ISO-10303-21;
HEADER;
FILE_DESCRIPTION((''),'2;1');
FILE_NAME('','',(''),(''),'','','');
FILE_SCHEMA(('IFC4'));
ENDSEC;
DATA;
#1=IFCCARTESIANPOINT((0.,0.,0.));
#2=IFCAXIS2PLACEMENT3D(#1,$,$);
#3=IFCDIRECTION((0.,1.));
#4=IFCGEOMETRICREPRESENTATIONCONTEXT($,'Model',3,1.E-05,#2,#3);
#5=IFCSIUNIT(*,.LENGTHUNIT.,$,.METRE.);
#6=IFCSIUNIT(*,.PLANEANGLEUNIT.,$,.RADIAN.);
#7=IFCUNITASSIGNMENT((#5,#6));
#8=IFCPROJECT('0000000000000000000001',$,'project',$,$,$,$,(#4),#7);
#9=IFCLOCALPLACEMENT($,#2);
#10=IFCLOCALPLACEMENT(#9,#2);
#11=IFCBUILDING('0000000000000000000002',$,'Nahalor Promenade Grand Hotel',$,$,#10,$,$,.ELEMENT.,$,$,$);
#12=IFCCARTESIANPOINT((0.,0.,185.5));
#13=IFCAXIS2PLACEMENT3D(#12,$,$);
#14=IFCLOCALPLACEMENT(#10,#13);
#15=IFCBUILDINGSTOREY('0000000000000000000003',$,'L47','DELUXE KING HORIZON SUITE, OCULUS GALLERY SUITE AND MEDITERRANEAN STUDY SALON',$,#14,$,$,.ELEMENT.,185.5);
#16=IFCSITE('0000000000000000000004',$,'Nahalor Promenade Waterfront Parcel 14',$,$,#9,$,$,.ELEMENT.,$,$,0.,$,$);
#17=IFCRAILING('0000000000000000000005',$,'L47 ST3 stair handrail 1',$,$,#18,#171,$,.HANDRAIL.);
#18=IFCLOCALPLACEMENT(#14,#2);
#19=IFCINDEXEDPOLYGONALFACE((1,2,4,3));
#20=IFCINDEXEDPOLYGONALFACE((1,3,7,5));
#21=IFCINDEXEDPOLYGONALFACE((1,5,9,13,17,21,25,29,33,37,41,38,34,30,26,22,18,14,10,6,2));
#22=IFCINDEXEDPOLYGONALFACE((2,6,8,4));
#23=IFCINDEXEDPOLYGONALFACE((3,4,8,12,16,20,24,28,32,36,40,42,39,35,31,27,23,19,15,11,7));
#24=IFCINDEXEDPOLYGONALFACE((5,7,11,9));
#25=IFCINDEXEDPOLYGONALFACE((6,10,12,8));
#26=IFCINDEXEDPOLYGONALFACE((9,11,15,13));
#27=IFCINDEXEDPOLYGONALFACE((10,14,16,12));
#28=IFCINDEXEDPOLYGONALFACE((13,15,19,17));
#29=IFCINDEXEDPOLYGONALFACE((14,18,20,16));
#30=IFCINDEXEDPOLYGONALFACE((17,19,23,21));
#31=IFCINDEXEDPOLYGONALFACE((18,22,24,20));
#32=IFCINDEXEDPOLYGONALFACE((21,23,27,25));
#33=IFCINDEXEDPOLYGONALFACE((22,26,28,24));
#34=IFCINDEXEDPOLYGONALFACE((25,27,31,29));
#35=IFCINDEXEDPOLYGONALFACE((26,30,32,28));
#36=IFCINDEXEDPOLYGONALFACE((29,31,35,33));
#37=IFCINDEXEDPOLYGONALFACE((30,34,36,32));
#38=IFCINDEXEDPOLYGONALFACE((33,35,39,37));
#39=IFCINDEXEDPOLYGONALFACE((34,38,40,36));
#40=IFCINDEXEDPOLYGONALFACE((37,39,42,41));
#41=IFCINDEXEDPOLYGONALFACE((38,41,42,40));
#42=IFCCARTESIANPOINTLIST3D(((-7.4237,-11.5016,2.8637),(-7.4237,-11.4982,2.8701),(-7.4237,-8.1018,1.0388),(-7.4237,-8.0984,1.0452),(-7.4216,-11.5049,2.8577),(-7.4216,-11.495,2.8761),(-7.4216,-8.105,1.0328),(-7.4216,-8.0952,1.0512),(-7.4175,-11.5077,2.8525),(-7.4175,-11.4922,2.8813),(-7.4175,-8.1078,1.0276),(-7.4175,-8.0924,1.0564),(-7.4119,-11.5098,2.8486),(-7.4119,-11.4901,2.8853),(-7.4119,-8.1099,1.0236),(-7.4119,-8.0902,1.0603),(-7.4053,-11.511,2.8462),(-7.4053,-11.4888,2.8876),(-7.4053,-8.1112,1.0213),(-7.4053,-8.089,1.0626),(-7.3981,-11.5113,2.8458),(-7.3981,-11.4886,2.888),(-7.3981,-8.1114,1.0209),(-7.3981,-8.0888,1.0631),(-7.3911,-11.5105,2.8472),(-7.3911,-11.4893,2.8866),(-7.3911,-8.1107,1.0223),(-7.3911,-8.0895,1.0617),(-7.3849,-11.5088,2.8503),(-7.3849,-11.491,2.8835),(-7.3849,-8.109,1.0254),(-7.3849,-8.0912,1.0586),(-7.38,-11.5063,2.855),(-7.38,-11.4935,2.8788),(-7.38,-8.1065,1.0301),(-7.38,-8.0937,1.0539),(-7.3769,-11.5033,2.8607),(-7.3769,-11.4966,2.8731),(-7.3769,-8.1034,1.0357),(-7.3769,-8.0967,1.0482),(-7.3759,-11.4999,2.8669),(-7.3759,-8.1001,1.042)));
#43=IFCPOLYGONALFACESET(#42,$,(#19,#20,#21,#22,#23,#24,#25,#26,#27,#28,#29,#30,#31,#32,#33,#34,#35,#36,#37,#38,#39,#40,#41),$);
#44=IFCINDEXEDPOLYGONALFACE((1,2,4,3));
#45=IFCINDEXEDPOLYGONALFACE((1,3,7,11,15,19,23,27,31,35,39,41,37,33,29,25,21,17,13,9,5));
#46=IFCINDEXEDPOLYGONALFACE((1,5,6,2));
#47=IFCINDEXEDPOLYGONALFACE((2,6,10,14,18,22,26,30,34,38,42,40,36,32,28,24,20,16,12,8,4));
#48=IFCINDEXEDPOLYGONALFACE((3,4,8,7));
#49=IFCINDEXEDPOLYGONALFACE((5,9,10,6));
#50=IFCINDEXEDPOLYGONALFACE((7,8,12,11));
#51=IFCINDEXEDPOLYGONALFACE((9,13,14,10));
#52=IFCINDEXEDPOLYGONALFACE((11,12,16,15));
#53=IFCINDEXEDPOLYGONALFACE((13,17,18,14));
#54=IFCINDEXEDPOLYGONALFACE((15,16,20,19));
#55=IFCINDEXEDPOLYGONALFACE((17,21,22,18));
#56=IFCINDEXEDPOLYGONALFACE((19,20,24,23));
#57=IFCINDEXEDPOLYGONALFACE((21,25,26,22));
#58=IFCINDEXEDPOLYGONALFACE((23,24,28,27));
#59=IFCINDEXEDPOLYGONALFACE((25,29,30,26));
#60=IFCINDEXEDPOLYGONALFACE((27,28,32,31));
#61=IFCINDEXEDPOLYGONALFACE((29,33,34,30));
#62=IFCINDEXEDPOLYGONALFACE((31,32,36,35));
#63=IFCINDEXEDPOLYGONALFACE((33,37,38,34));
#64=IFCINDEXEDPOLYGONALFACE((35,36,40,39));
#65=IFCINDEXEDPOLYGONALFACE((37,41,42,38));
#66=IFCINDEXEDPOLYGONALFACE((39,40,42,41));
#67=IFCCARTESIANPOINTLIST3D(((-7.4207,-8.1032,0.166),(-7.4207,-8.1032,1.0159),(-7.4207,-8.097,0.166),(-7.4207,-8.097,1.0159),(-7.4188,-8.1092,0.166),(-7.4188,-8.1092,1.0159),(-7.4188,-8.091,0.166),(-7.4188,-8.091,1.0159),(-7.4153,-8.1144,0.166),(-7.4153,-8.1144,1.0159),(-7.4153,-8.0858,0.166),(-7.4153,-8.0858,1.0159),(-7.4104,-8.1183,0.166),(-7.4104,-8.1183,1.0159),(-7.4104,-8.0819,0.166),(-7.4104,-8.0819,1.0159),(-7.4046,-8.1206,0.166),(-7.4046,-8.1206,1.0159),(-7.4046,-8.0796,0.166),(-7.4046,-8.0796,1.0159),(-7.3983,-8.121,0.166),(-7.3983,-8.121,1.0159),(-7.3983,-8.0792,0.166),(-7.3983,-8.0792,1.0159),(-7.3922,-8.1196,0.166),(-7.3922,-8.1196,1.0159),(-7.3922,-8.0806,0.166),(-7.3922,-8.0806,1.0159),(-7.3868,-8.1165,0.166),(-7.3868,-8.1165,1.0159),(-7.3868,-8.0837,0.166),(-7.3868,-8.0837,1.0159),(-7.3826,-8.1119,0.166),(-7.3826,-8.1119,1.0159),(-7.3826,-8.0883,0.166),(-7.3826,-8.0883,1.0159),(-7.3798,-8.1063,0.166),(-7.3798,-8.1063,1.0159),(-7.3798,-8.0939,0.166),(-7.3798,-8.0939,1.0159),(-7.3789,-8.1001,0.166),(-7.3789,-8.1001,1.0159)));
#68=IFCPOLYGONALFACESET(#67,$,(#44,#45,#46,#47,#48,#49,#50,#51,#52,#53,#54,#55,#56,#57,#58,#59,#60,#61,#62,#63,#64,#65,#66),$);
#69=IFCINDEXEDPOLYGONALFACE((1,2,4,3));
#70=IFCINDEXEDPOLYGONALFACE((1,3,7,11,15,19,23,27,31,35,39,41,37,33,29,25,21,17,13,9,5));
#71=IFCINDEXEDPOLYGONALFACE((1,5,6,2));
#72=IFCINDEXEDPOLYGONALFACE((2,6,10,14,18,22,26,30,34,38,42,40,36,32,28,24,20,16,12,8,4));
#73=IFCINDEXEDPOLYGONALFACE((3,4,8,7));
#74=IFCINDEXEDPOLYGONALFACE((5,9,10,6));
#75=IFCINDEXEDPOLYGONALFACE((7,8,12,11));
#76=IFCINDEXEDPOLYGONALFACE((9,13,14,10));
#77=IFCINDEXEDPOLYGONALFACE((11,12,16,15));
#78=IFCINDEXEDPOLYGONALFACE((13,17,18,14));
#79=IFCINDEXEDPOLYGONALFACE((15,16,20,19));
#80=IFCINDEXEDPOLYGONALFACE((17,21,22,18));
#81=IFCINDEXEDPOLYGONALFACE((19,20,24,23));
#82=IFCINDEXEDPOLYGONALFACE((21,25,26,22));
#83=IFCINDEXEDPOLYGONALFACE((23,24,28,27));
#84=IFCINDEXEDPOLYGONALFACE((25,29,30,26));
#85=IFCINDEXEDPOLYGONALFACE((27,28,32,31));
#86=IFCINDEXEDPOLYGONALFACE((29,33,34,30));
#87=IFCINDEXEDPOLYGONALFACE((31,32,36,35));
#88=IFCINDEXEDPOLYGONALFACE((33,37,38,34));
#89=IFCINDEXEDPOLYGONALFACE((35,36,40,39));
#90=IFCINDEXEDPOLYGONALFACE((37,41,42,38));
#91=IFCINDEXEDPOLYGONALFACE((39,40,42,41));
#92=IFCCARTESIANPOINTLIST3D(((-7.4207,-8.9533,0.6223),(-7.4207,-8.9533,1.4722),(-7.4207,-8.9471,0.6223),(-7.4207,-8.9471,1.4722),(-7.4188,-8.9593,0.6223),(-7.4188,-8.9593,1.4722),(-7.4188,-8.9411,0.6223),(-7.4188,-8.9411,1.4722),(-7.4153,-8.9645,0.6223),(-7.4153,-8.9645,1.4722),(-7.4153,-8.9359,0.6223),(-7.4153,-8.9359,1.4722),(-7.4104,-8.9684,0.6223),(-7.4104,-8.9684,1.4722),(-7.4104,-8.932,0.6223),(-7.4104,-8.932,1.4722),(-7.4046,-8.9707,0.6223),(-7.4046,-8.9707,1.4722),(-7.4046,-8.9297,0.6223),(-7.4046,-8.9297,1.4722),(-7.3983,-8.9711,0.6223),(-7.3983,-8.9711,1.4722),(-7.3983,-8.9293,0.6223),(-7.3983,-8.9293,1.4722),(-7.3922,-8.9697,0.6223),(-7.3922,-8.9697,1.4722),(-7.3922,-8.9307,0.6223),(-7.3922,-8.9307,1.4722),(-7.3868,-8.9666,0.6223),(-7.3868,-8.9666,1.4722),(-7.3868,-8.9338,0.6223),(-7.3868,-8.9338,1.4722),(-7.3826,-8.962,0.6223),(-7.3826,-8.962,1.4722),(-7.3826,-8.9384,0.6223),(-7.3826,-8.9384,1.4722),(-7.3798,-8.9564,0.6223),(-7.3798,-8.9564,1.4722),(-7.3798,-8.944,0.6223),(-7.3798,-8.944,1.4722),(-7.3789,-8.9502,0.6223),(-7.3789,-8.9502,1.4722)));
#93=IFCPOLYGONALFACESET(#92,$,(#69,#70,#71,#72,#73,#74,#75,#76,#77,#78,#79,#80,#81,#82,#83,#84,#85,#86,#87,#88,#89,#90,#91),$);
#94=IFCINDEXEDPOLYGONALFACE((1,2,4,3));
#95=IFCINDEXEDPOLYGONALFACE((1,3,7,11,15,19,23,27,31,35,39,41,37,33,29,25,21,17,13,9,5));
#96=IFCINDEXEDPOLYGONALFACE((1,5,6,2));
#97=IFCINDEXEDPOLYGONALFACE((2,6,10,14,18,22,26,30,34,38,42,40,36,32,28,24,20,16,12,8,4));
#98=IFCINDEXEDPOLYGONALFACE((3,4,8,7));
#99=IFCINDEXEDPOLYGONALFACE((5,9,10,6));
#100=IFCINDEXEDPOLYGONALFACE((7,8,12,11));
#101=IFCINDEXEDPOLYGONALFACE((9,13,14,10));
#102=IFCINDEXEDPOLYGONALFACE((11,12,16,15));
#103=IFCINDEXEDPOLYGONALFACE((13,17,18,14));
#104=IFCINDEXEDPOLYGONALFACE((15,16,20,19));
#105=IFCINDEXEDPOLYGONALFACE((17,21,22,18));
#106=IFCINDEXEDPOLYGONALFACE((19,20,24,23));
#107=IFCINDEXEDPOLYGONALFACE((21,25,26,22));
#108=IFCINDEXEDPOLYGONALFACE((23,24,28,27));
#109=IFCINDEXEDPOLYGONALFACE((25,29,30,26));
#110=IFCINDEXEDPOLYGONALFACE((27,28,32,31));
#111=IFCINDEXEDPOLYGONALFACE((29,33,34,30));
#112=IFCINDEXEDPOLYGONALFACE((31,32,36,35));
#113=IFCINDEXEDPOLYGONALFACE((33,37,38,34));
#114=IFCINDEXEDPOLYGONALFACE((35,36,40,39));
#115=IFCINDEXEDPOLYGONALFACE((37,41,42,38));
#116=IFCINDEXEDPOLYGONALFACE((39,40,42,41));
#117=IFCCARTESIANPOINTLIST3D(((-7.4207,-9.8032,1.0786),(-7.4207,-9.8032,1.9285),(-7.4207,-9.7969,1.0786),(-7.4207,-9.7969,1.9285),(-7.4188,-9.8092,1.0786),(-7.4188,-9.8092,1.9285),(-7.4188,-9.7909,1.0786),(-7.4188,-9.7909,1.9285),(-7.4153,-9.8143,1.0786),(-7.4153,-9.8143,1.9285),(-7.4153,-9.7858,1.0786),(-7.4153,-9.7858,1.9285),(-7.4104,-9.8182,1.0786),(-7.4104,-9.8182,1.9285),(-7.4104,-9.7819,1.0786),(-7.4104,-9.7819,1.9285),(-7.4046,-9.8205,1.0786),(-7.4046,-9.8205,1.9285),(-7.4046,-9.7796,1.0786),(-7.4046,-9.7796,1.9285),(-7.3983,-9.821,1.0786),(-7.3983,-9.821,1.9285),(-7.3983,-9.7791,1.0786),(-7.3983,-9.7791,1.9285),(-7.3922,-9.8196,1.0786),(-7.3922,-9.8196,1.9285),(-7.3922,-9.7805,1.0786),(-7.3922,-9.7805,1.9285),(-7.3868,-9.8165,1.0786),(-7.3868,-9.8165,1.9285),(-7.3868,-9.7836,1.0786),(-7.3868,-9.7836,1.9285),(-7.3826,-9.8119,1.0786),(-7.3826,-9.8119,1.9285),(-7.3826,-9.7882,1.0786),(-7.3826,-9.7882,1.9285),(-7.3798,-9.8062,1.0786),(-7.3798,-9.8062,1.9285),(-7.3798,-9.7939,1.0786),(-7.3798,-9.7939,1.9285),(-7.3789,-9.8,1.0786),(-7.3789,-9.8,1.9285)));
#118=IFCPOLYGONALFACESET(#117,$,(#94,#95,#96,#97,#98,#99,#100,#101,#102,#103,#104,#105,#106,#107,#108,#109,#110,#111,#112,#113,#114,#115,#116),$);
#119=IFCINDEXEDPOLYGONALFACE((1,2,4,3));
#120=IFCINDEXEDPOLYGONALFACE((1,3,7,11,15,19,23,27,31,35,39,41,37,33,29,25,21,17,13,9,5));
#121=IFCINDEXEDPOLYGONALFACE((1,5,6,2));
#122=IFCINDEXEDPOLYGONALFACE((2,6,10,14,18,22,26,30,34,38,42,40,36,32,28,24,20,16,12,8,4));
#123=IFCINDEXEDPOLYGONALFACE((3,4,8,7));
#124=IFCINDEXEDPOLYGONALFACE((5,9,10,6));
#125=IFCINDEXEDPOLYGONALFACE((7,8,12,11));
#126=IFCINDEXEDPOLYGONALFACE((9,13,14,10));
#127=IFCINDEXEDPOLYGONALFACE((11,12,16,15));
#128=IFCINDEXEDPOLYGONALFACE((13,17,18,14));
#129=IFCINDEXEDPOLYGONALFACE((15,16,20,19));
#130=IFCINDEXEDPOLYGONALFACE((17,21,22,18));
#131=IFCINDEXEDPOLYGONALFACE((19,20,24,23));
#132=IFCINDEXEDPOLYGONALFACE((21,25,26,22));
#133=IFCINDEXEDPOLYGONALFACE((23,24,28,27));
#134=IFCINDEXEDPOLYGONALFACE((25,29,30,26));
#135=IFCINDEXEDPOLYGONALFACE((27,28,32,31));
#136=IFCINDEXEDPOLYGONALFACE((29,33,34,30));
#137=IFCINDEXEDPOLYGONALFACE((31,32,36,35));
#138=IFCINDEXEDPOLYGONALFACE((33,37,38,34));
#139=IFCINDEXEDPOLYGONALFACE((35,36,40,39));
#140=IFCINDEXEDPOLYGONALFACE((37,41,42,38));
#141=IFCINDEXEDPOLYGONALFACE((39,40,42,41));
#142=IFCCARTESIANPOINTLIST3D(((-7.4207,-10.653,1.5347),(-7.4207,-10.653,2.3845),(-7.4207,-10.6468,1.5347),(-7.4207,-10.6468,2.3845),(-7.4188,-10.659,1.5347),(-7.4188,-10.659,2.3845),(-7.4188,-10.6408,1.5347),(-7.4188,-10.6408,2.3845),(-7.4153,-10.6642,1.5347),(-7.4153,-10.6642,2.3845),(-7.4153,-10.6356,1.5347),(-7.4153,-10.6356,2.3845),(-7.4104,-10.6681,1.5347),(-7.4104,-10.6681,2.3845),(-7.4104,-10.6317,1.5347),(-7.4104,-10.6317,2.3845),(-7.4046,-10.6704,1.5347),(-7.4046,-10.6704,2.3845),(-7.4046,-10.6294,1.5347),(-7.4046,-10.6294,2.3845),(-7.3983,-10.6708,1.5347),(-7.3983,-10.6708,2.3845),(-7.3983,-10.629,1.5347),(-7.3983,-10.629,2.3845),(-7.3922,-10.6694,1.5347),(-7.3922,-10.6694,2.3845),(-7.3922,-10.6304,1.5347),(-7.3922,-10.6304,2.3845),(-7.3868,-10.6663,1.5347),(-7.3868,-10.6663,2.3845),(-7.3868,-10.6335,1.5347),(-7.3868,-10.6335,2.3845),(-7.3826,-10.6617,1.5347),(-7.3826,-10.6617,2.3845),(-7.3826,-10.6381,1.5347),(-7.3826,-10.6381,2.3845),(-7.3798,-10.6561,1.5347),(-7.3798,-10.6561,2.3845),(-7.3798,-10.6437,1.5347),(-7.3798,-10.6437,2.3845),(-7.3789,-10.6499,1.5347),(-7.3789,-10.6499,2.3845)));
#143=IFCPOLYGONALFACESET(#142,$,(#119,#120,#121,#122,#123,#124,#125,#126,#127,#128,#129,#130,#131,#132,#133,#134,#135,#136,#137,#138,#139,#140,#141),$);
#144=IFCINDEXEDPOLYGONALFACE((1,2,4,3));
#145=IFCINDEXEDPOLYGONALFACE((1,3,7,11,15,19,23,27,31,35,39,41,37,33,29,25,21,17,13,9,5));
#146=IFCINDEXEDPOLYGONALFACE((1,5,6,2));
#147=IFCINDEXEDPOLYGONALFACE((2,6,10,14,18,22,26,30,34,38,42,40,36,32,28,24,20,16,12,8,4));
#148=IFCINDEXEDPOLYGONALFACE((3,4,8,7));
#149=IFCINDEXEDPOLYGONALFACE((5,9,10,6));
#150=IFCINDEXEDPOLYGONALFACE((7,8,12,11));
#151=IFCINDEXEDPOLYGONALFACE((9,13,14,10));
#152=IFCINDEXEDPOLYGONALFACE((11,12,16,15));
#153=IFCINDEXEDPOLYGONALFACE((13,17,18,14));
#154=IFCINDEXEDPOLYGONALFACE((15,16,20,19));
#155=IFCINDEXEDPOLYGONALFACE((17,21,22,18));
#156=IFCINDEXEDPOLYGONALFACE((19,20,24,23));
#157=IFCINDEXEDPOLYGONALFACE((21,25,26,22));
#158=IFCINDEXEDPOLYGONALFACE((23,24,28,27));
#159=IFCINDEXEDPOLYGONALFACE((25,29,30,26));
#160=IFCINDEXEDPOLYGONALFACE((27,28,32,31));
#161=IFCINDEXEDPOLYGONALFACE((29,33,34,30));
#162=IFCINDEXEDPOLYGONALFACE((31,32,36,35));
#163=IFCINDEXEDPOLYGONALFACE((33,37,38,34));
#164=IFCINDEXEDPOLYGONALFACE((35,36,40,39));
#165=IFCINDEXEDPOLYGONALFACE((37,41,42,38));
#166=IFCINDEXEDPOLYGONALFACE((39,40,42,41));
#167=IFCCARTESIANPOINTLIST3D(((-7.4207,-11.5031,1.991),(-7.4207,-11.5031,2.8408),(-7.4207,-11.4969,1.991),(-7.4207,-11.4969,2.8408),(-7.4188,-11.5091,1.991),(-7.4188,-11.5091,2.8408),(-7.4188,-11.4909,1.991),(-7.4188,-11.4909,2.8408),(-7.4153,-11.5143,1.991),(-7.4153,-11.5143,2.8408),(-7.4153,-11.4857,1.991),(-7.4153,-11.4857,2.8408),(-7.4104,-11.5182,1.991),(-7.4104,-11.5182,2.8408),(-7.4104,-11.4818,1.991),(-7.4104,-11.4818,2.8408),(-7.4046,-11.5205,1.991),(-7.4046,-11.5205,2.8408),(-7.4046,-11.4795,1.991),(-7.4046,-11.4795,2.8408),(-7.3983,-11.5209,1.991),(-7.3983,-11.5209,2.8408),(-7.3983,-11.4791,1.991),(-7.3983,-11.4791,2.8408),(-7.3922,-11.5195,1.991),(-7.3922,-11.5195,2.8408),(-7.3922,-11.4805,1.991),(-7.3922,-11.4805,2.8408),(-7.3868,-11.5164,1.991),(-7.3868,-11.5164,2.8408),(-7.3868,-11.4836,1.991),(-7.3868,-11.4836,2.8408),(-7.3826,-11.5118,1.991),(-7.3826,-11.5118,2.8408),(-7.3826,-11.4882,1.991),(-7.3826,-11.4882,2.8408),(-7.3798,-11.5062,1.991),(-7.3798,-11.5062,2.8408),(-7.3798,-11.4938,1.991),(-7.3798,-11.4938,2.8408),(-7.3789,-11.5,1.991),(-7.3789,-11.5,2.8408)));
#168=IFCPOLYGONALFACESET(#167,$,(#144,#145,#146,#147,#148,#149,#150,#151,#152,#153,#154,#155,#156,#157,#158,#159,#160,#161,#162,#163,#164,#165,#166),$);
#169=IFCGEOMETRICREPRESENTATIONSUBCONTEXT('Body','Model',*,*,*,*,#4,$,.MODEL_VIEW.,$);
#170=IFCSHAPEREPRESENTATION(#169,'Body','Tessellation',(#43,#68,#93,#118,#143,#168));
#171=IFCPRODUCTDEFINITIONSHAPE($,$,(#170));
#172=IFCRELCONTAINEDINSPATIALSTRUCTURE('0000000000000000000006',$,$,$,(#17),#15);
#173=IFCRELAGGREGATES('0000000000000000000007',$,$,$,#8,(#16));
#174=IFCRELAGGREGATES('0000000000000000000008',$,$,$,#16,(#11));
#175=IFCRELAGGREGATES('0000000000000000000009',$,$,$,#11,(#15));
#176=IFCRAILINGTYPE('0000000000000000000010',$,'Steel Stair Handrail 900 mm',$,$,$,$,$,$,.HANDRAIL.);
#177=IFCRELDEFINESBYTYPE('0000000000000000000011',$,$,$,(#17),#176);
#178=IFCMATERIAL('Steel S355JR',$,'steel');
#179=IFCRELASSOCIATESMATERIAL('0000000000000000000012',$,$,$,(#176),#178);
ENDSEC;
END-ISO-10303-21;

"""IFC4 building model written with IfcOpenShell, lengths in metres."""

from ifc_helpers import new_model, si_unit, direction, frame, origin, origin_2d, place, context, subcontext, project, spatial, circle, extrude, material, type_object, element, save


model = new_model("IFC4")

# Units and contexts
model_context = context("Model", 3, precision=1e-05, world=origin(), true_north=direction((0.0, 1.0)))
body_context = subcontext(model_context, "Body", "Model", "MODEL_VIEW")
ifc_project = project(units=[si_unit("LENGTHUNIT", "METRE"), si_unit("PLANEANGLEUNIT", "RADIAN")], contexts=[model_context])

# Site, building, storey
site_placement = place(None, origin())
site = spatial("IfcSite", under=ifc_project, at=site_placement, Name="Nahalor Promenade Waterfront Parcel 14", CompositionType="ELEMENT", RefElevation=0.0)
building_placement = place(site_placement, origin())
building = spatial("IfcBuilding", under=site, at=building_placement, Name="Nahalor Promenade Grand Hotel", CompositionType="ELEMENT")
storey_placement = place(building_placement, frame((0.0, 0.0, 185.5)))
storey = spatial("IfcBuildingStorey", under=building, at=storey_placement, Name="L47", Description="DELUXE KING HORIZON SUITE, OCULUS GALLERY SUITE AND MEDITERRANEAN STUDY SALON", CompositionType="ELEMENT", Elevation=185.5)

# Shared definitions
ifc_material_1 = material(Name="Steel S355JR", Category="steel")

# Railing
railing_type_1 = type_object("IfcRailingType", Name="Steel Stair Handrail 900 mm", PredefinedType="HANDRAIL", material=ifc_material_1)
railing_1_placement = place(storey_placement, frame((-7.3999, -8.1001, 0.166)))
element("IfcRailing", 1, at=railing_1_placement, inside=storey, type_object=railing_type_1, Name="L47 ST3 stair handrail 1", PredefinedType="HANDRAIL", context=body_context, shape_type="SweptSolid", body=[
    extrude(circle(Radius=0.024, at=origin_2d()), frame((0.0, 0.0, 0.876), z_axis=(0.0, -0.881094, 0.472941), x_axis=(1.0, 0.0, 0.0)), (0.0, 0.0, 1.0), 3.8586),
    extrude(circle(Radius=0.021, at=origin_2d()), origin(), (0.0, 0.0, 1.0), 0.8499),
    extrude(circle(Radius=0.021, at=origin_2d()), frame((0.0, -0.8501, 0.4563)), (0.0, 0.0, 1.0), 0.8499),
    extrude(circle(Radius=0.021, at=origin_2d()), frame((0.0, -1.7, 0.9126)), (0.0, 0.0, 1.0), 0.8499),
    extrude(circle(Radius=0.021, at=origin_2d()), frame((0.0, -2.5498, 1.3687)), (0.0, 0.0, 1.0), 0.8499),
    extrude(circle(Radius=0.021, at=origin_2d()), frame((0.0, -3.3999, 1.825)), (0.0, 0.0, 1.0), 0.8499),
])

save(model, "model.ifc")
